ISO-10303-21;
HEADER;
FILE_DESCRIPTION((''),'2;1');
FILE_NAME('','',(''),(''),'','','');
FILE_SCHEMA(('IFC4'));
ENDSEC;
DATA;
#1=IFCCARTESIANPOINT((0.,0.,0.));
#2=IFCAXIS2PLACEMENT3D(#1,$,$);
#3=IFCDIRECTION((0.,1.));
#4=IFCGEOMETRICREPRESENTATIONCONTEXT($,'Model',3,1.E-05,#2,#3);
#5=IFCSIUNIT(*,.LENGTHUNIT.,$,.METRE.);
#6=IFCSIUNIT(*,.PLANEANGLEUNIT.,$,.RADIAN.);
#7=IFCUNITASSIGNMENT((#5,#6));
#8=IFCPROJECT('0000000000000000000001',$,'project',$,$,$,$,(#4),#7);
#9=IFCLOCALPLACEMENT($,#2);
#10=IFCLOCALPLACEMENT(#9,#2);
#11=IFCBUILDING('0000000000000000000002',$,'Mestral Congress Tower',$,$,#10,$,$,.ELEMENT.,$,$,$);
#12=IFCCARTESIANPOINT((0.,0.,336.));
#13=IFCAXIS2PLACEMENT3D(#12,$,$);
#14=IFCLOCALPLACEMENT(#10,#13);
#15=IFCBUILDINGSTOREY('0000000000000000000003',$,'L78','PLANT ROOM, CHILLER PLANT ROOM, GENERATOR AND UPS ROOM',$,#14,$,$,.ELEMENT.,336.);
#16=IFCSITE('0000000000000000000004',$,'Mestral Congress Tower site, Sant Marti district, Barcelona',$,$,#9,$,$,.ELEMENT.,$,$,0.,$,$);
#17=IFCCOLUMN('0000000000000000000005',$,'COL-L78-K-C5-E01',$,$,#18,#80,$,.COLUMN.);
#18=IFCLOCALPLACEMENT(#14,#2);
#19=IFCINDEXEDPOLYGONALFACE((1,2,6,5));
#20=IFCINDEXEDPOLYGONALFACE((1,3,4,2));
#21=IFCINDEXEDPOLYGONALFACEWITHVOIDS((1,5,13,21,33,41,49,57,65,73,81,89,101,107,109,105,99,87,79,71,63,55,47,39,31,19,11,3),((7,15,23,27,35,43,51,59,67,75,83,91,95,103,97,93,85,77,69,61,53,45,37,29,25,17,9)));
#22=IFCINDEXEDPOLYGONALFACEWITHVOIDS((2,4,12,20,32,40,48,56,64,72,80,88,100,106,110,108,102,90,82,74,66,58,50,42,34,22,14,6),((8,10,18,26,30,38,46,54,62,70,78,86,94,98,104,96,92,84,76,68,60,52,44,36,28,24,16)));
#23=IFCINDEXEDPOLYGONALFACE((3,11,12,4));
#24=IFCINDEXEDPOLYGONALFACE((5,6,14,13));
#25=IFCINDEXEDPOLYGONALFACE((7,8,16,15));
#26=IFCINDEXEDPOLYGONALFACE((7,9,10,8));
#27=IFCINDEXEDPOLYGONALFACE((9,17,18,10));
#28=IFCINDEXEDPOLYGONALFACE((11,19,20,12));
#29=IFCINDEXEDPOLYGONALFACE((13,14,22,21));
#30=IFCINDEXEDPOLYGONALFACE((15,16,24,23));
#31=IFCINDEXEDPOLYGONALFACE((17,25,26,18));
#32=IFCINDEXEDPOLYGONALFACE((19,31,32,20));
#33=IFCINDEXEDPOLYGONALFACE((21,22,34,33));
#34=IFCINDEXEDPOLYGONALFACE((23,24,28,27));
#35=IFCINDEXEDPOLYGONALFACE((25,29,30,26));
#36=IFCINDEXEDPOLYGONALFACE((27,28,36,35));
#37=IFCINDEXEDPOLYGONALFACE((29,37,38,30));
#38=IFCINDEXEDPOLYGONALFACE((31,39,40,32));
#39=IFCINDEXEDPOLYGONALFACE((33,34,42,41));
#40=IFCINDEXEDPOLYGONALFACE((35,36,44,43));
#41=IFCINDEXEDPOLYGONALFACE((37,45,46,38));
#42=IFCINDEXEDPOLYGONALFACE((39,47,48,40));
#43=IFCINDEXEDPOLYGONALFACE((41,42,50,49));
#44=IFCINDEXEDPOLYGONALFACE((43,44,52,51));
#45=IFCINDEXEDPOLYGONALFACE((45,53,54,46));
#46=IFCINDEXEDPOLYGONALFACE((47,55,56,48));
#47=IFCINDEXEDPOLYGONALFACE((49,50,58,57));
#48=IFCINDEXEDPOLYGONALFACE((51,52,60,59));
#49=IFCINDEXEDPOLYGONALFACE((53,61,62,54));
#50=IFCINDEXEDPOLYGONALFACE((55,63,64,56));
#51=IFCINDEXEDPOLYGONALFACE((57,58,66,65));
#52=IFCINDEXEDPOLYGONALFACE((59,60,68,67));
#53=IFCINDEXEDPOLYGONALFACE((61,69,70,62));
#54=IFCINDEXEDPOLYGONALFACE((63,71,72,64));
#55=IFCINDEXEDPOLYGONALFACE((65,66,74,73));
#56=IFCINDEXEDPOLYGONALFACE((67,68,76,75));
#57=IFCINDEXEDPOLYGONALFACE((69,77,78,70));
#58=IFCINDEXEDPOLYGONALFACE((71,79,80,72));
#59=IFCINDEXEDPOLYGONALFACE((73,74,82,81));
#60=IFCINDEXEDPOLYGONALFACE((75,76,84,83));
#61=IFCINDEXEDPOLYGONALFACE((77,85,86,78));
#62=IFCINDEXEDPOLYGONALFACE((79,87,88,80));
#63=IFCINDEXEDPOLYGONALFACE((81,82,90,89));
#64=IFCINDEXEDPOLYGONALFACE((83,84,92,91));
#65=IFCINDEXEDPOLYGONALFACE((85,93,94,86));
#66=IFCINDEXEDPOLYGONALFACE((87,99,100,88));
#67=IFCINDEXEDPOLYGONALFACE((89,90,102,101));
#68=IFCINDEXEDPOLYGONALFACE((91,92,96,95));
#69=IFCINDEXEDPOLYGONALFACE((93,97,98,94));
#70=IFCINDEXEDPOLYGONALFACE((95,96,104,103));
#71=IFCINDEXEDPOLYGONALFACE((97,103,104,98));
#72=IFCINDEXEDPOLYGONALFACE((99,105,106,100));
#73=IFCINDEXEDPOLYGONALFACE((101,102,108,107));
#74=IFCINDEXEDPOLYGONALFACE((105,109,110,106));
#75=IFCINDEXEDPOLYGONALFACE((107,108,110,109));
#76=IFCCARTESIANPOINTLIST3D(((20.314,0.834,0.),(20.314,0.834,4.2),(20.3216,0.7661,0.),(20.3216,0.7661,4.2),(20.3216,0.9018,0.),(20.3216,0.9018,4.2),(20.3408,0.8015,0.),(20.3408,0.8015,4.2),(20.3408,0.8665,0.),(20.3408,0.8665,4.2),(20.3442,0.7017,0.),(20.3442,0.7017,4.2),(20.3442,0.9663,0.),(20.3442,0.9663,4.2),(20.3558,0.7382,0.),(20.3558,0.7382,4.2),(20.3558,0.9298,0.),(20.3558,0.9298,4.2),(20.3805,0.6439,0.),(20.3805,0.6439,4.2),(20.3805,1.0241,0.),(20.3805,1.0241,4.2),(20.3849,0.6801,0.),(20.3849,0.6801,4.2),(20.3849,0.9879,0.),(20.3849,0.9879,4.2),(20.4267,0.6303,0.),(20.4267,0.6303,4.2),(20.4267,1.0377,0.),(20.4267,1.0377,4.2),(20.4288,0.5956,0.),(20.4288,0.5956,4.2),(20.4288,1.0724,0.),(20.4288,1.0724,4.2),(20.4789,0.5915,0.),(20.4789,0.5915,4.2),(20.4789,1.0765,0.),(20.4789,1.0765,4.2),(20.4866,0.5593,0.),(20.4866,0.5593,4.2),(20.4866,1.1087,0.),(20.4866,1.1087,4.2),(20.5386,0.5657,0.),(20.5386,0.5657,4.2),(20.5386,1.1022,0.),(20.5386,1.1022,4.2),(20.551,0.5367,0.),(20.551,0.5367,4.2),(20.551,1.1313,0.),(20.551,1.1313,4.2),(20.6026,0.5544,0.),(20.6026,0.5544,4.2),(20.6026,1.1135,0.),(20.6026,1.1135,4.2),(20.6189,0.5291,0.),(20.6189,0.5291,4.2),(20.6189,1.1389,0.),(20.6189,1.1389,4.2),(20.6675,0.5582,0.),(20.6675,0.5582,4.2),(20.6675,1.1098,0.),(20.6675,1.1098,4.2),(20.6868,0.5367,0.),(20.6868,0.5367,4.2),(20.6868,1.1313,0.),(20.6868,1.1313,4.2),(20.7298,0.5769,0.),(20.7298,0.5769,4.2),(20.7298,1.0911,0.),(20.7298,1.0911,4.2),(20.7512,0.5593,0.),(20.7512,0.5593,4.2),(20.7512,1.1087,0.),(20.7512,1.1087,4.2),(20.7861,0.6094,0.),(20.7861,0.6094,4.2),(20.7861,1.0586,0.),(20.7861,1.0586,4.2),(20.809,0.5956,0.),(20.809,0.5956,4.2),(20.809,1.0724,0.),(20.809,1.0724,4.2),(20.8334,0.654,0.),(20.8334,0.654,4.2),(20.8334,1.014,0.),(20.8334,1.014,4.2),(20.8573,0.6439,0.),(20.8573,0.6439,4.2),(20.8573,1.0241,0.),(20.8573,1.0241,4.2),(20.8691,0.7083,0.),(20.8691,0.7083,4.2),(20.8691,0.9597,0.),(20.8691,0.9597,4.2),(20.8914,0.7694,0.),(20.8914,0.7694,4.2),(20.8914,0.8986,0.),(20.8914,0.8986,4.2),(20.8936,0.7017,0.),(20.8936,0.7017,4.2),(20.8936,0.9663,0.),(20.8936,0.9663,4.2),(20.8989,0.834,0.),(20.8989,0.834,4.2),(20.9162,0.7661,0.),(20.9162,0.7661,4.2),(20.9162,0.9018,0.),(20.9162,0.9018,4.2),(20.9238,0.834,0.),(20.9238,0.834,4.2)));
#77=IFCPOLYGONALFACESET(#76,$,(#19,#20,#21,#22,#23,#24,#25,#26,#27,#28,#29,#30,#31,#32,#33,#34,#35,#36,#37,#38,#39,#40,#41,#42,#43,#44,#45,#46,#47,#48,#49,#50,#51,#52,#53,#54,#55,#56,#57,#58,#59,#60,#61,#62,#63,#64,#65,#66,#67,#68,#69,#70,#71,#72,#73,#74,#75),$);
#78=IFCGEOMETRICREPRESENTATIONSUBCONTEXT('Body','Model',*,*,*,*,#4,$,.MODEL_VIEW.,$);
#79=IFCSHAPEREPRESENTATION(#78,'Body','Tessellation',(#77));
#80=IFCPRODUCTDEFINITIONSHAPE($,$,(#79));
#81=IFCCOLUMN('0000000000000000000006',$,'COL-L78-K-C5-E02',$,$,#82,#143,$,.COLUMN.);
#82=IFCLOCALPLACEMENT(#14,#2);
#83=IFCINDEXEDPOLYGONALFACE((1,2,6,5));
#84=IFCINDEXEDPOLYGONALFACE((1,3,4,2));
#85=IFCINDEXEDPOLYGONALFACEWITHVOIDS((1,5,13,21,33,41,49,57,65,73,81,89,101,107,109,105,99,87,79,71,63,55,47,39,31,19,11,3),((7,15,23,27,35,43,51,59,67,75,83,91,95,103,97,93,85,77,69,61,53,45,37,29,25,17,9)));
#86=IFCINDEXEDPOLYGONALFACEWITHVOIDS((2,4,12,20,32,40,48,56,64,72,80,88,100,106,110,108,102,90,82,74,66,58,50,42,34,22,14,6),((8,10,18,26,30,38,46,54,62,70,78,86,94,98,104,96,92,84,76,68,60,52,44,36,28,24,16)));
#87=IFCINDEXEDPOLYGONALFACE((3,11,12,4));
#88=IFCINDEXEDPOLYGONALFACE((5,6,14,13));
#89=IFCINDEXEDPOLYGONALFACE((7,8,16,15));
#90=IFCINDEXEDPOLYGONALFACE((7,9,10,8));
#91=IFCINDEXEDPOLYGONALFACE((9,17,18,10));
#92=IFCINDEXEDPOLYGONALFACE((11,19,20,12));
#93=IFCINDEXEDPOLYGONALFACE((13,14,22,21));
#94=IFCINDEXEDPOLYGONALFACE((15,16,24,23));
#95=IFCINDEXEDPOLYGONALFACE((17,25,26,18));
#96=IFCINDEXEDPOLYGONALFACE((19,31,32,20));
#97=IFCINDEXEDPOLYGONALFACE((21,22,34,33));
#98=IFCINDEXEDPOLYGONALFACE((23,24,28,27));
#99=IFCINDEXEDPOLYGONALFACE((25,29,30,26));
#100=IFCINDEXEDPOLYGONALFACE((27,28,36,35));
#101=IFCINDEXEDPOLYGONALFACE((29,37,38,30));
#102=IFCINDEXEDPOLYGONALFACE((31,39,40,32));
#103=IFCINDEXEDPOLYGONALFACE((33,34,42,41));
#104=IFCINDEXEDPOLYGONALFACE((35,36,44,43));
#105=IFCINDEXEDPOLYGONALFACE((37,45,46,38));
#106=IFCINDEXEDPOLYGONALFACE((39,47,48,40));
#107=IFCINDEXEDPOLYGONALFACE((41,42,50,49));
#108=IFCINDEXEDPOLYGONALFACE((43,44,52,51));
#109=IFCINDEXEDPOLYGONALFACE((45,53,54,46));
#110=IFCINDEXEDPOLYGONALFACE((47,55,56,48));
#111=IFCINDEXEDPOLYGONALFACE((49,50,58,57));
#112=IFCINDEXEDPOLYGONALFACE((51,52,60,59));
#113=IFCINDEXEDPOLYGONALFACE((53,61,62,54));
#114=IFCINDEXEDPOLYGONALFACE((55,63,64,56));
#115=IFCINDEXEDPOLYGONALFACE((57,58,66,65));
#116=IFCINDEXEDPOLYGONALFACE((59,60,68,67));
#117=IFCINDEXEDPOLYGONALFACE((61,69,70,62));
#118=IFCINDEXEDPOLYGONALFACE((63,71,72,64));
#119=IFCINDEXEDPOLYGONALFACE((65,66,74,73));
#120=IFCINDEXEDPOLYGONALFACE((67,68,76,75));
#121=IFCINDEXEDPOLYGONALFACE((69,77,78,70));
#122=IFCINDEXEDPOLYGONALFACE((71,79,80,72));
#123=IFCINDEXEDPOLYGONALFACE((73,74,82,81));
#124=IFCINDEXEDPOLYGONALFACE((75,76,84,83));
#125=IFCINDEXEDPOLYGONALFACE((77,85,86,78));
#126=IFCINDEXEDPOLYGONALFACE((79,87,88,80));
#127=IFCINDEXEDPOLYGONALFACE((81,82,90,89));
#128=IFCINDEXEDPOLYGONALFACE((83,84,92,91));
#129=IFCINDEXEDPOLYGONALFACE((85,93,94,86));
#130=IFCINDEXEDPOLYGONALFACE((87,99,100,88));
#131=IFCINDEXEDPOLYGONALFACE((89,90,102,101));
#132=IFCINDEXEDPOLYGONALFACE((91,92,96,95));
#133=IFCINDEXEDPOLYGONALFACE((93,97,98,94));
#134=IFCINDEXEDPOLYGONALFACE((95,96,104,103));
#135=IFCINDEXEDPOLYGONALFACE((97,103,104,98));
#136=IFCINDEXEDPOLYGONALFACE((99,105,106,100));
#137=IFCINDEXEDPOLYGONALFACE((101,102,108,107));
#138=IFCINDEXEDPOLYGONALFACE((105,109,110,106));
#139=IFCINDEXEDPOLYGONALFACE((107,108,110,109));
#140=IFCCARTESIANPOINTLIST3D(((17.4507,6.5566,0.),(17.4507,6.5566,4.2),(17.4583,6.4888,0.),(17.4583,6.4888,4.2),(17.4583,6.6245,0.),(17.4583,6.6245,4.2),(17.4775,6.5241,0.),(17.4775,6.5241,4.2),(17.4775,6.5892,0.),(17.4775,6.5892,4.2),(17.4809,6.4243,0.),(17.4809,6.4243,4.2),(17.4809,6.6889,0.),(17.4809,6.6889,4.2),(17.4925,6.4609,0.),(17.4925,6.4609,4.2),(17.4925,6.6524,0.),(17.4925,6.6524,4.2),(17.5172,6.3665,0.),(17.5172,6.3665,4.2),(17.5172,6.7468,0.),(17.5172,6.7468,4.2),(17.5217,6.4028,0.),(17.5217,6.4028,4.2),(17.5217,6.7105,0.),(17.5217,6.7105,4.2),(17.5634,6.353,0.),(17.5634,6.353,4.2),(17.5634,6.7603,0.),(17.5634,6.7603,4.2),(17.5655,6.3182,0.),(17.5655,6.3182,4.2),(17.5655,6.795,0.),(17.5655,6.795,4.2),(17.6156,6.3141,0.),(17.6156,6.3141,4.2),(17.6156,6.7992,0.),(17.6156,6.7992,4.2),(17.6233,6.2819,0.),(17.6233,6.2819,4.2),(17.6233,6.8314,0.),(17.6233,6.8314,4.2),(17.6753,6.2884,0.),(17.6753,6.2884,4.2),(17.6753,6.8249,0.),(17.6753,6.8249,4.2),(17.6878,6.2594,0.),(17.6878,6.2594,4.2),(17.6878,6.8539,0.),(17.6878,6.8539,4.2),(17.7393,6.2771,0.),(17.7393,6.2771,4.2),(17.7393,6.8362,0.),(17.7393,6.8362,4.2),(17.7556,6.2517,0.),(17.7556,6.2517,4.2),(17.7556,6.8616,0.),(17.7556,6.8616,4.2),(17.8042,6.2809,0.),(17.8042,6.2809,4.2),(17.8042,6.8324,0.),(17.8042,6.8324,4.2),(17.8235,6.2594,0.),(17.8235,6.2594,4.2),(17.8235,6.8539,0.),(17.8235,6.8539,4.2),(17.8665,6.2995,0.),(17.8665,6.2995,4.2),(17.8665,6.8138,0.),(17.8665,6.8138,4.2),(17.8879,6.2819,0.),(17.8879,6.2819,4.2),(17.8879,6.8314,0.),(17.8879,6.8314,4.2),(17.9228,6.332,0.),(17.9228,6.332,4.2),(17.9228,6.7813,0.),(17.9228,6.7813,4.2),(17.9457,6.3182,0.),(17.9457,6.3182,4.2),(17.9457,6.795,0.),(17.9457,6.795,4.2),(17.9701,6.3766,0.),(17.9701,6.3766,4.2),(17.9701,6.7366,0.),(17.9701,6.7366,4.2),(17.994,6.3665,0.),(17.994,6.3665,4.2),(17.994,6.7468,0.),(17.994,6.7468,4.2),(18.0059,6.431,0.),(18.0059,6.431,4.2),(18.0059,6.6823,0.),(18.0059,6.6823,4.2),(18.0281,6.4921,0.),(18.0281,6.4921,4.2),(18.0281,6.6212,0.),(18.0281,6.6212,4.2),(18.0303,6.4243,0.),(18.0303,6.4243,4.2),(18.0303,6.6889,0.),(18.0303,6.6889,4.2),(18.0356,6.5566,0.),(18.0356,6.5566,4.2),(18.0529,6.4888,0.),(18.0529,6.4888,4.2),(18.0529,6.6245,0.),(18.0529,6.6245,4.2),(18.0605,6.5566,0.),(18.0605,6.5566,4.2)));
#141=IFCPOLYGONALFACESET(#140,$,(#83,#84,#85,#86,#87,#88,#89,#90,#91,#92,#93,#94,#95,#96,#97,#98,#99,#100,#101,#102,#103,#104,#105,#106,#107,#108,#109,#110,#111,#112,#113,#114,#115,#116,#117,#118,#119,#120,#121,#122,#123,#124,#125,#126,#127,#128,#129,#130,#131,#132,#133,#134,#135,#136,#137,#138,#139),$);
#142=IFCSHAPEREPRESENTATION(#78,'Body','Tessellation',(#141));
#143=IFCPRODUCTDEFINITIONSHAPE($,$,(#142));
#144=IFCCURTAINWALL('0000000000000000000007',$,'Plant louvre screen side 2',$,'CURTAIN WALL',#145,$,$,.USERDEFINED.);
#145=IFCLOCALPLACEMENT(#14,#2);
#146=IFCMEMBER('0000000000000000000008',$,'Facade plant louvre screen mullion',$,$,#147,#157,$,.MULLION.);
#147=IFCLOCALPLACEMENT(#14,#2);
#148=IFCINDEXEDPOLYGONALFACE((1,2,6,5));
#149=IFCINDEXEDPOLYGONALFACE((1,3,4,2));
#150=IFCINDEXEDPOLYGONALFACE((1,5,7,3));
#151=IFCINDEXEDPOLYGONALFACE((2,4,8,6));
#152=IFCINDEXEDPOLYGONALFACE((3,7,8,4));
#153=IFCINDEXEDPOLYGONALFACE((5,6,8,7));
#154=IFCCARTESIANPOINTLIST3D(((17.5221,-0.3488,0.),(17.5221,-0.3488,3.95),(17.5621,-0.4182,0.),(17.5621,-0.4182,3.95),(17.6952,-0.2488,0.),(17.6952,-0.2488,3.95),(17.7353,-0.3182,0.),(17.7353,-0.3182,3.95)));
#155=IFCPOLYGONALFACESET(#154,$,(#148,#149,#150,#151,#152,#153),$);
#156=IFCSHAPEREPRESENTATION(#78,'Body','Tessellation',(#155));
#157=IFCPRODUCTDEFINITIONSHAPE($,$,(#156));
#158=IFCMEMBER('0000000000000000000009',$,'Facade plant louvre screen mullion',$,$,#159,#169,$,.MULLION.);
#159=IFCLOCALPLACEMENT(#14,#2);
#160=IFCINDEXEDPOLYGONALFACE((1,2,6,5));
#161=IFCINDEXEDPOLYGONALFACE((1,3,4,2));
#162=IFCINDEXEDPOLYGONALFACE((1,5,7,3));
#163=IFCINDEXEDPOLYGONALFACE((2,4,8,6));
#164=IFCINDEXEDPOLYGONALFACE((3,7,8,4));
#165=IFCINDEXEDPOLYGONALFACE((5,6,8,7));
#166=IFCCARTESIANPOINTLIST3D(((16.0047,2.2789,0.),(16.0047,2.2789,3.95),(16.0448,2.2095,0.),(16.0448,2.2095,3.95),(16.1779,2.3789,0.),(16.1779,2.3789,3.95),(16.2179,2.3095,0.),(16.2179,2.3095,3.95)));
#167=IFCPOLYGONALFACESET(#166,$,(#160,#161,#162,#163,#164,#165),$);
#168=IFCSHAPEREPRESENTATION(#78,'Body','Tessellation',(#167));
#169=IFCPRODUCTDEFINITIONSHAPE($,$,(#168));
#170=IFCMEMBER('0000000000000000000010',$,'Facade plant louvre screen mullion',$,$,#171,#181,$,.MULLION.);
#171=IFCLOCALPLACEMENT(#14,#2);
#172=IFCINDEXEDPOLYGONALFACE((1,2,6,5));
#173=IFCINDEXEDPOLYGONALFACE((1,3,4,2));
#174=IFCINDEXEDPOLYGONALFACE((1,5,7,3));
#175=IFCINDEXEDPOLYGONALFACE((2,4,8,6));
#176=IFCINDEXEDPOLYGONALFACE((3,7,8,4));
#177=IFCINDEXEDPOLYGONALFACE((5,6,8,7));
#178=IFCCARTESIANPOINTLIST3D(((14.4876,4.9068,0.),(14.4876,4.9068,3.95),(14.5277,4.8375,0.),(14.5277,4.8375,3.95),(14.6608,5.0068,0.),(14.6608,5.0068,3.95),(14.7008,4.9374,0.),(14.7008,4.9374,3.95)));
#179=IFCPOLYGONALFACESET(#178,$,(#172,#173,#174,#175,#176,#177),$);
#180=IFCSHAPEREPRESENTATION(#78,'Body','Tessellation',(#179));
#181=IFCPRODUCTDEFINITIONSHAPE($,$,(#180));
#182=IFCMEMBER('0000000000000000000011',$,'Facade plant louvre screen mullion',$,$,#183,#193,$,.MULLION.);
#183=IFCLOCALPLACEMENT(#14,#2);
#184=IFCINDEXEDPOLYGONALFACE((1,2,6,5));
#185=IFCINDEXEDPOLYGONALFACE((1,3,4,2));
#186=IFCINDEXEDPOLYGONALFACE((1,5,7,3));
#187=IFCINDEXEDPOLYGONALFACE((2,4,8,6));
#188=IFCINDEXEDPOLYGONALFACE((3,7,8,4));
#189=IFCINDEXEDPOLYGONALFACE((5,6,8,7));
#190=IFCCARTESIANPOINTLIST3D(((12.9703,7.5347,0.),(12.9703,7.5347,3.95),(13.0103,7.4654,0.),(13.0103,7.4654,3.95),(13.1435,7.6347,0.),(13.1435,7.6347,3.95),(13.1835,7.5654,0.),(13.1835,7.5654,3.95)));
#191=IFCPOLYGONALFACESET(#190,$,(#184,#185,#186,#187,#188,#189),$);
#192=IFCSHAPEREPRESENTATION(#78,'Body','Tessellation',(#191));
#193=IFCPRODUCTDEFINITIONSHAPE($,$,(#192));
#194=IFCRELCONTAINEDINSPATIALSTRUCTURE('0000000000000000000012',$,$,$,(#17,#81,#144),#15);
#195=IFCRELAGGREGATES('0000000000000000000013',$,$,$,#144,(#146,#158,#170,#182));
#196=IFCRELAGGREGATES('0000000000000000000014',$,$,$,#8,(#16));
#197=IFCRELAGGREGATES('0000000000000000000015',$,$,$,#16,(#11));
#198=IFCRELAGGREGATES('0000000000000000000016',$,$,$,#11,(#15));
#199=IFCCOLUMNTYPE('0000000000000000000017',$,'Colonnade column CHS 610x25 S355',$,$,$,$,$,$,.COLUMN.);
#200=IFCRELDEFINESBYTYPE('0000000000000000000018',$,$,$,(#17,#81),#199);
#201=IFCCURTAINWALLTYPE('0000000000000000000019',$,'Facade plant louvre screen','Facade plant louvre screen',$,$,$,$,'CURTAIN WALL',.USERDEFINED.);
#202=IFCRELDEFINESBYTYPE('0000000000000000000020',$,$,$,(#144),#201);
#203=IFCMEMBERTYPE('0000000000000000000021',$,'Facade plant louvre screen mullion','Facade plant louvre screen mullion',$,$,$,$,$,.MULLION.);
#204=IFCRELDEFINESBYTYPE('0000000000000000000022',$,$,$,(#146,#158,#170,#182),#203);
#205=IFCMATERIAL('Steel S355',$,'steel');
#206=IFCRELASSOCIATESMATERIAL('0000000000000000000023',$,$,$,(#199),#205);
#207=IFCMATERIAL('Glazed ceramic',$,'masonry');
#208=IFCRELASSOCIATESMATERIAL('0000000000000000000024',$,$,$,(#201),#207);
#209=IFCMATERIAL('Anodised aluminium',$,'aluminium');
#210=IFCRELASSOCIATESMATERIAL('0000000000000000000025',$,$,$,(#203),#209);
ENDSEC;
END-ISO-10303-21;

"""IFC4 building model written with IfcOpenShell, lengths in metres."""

from ifc_helpers import new_model, si_unit, direction, frame, origin, origin_2d, place, context, subcontext, project, spatial, rectangle, hollow_circle, extrude, material, material_profile, profile_set, type_object, element, aggregate, save


model = new_model("IFC4")

# Units and contexts
model_context = context("Model", 3, precision=1e-05, world=origin(), true_north=direction((0.0, 1.0)))
body_context = subcontext(model_context, "Body", "Model", "MODEL_VIEW")
ifc_project = project(units=[si_unit("LENGTHUNIT", "METRE"), si_unit("PLANEANGLEUNIT", "RADIAN")], contexts=[model_context])

# Site, building, storey
site_placement = place(None, origin())
site = spatial("IfcSite", under=ifc_project, at=site_placement, Name="Mestral Congress Tower site, Sant Marti district, Barcelona", CompositionType="ELEMENT", RefElevation=0.0)
building_placement = place(site_placement, origin())
building = spatial("IfcBuilding", under=site, at=building_placement, Name="Mestral Congress Tower", CompositionType="ELEMENT")
storey_placement = place(building_placement, frame((0.0, 0.0, 336.0)))
storey = spatial("IfcBuildingStorey", under=building, at=storey_placement, Name="L78", Description="PLANT ROOM, CHILLER PLANT ROOM, GENERATOR AND UPS ROOM", CompositionType="ELEMENT", Elevation=336.0)

# Columns
ifc_material_1 = material(Name="Steel S355", Category="steel")
ifc_material_profile_1 = material_profile(ifc_material_1, hollow_circle(Radius=0.3049, WallThickness=0.0249, at=origin_2d()), Name="CHS 610x25")
ifc_profile_set_1 = profile_set([ifc_material_profile_1], Name="Steel S355")
column_type = type_object("IfcColumnType", Name="Colonnade column CHS 610x25 S355", PredefinedType="COLUMN", material=ifc_profile_set_1)
for number, where, z_axis, x_axis, name in (
    (1, (20.6189, 0.834, 0.0), (0.0, 0.0, 1.0), (1.0, 0.0, 0.0), "COL-L78-K-C5-E01"),
    (2, (17.7556, 6.5566, 0.0), (0.0, 0.0, 1.0), (1.0, 0.0, 0.0), "COL-L78-K-C5-E02"),
):
    element("IfcColumn", number, at=place(storey_placement, frame(where, z_axis=z_axis, x_axis=x_axis)), inside=storey, type_object=column_type, Name=name, PredefinedType="COLUMN", context=body_context, shape_type="SweptSolid", body=[
        extrude(hollow_circle(Radius=0.3049, WallThickness=0.0249, at=origin_2d()), origin(), (0.0, 0.0, 1.0), 4.2),
    ])

# Curtain wall, members
ifc_material_2 = material(Name="Glazed ceramic", Category="masonry")
curtain_wall_type = type_object("IfcCurtainWallType", Name="Facade plant louvre screen", Description="Facade plant louvre screen", ElementType="CURTAIN WALL", PredefinedType="USERDEFINED", material=ifc_material_2)
curtain_wall_placement = place(storey_placement, origin())
curtain_wall = element("IfcCurtainWall", 3, at=curtain_wall_placement, inside=storey, type_object=curtain_wall_type, Name="Plant louvre screen side 2", ObjectType="CURTAIN WALL", PredefinedType="USERDEFINED")
ifc_material_3 = material(Name="Anodised aluminium", Category="aluminium")
ifc_material_profile_2 = material_profile(ifc_material_3, rectangle(XDim=0.2, YDim=0.0801, at=origin_2d()), Name="CW6 mullion 200 x 80")
ifc_profile_set_2 = profile_set([ifc_material_profile_2], Name="Anodised aluminium")
member_type_1 = type_object("IfcMemberType", Name="Facade plant louvre screen mullion", Description="Facade plant louvre screen mullion", PredefinedType="MULLION", material=ifc_profile_set_2)
member_1_placement = place(storey_placement, frame((17.6287, -0.3335, 0.0), z_axis=(0.0, 0.0, 1.0), x_axis=(0.866025, 0.500002, 0.0)))
member_1 = element("IfcMember", 4, at=member_1_placement, type_object=member_type_1, Name="Facade plant louvre screen mullion", PredefinedType="MULLION", context=body_context, shape_type="SweptSolid", body=[
    extrude(rectangle(XDim=0.2, YDim=0.0801, at=origin_2d()), origin(), (0.0, 0.0, 1.0), 3.95),
])
member_2_placement = place(storey_placement, frame((16.1113, 2.2942, 0.0), z_axis=(0.0, 0.0, 1.0), x_axis=(0.866025, 0.500002, 0.0)))
member_2 = element("IfcMember", 5, at=member_2_placement, type_object=member_type_1, Name="Facade plant louvre screen mullion", PredefinedType="MULLION", context=body_context, shape_type="SweptSolid", body=[
    extrude(rectangle(XDim=0.2, YDim=0.0801, at=origin_2d()), origin(), (0.0, 0.0, 1.0), 3.95),
])
member_3_placement = place(storey_placement, frame((14.5942, 4.9221, 0.0), z_axis=(0.0, 0.0, 1.0), x_axis=(0.866025, 0.500002, 0.0)))
member_3 = element("IfcMember", 6, at=member_3_placement, type_object=member_type_1, Name="Facade plant louvre screen mullion", PredefinedType="MULLION", context=body_context, shape_type="SweptSolid", body=[
    extrude(rectangle(XDim=0.2, YDim=0.0801, at=origin_2d()), origin(), (0.0, 0.0, 1.0), 3.95),
])
member_4_placement = place(storey_placement, frame((13.0769, 7.55, 0.0), z_axis=(0.0, 0.0, 1.0), x_axis=(0.866025, 0.500002, 0.0)))
member_4 = element("IfcMember", 7, at=member_4_placement, type_object=member_type_1, Name="Facade plant louvre screen mullion", PredefinedType="MULLION", context=body_context, shape_type="SweptSolid", body=[
    extrude(rectangle(XDim=0.2, YDim=0.0801, at=origin_2d()), origin(), (0.0, 0.0, 1.0), 3.95),
])

aggregate(curtain_wall, [member_1, member_2, member_3, member_4])

save(model, "model.ifc")
